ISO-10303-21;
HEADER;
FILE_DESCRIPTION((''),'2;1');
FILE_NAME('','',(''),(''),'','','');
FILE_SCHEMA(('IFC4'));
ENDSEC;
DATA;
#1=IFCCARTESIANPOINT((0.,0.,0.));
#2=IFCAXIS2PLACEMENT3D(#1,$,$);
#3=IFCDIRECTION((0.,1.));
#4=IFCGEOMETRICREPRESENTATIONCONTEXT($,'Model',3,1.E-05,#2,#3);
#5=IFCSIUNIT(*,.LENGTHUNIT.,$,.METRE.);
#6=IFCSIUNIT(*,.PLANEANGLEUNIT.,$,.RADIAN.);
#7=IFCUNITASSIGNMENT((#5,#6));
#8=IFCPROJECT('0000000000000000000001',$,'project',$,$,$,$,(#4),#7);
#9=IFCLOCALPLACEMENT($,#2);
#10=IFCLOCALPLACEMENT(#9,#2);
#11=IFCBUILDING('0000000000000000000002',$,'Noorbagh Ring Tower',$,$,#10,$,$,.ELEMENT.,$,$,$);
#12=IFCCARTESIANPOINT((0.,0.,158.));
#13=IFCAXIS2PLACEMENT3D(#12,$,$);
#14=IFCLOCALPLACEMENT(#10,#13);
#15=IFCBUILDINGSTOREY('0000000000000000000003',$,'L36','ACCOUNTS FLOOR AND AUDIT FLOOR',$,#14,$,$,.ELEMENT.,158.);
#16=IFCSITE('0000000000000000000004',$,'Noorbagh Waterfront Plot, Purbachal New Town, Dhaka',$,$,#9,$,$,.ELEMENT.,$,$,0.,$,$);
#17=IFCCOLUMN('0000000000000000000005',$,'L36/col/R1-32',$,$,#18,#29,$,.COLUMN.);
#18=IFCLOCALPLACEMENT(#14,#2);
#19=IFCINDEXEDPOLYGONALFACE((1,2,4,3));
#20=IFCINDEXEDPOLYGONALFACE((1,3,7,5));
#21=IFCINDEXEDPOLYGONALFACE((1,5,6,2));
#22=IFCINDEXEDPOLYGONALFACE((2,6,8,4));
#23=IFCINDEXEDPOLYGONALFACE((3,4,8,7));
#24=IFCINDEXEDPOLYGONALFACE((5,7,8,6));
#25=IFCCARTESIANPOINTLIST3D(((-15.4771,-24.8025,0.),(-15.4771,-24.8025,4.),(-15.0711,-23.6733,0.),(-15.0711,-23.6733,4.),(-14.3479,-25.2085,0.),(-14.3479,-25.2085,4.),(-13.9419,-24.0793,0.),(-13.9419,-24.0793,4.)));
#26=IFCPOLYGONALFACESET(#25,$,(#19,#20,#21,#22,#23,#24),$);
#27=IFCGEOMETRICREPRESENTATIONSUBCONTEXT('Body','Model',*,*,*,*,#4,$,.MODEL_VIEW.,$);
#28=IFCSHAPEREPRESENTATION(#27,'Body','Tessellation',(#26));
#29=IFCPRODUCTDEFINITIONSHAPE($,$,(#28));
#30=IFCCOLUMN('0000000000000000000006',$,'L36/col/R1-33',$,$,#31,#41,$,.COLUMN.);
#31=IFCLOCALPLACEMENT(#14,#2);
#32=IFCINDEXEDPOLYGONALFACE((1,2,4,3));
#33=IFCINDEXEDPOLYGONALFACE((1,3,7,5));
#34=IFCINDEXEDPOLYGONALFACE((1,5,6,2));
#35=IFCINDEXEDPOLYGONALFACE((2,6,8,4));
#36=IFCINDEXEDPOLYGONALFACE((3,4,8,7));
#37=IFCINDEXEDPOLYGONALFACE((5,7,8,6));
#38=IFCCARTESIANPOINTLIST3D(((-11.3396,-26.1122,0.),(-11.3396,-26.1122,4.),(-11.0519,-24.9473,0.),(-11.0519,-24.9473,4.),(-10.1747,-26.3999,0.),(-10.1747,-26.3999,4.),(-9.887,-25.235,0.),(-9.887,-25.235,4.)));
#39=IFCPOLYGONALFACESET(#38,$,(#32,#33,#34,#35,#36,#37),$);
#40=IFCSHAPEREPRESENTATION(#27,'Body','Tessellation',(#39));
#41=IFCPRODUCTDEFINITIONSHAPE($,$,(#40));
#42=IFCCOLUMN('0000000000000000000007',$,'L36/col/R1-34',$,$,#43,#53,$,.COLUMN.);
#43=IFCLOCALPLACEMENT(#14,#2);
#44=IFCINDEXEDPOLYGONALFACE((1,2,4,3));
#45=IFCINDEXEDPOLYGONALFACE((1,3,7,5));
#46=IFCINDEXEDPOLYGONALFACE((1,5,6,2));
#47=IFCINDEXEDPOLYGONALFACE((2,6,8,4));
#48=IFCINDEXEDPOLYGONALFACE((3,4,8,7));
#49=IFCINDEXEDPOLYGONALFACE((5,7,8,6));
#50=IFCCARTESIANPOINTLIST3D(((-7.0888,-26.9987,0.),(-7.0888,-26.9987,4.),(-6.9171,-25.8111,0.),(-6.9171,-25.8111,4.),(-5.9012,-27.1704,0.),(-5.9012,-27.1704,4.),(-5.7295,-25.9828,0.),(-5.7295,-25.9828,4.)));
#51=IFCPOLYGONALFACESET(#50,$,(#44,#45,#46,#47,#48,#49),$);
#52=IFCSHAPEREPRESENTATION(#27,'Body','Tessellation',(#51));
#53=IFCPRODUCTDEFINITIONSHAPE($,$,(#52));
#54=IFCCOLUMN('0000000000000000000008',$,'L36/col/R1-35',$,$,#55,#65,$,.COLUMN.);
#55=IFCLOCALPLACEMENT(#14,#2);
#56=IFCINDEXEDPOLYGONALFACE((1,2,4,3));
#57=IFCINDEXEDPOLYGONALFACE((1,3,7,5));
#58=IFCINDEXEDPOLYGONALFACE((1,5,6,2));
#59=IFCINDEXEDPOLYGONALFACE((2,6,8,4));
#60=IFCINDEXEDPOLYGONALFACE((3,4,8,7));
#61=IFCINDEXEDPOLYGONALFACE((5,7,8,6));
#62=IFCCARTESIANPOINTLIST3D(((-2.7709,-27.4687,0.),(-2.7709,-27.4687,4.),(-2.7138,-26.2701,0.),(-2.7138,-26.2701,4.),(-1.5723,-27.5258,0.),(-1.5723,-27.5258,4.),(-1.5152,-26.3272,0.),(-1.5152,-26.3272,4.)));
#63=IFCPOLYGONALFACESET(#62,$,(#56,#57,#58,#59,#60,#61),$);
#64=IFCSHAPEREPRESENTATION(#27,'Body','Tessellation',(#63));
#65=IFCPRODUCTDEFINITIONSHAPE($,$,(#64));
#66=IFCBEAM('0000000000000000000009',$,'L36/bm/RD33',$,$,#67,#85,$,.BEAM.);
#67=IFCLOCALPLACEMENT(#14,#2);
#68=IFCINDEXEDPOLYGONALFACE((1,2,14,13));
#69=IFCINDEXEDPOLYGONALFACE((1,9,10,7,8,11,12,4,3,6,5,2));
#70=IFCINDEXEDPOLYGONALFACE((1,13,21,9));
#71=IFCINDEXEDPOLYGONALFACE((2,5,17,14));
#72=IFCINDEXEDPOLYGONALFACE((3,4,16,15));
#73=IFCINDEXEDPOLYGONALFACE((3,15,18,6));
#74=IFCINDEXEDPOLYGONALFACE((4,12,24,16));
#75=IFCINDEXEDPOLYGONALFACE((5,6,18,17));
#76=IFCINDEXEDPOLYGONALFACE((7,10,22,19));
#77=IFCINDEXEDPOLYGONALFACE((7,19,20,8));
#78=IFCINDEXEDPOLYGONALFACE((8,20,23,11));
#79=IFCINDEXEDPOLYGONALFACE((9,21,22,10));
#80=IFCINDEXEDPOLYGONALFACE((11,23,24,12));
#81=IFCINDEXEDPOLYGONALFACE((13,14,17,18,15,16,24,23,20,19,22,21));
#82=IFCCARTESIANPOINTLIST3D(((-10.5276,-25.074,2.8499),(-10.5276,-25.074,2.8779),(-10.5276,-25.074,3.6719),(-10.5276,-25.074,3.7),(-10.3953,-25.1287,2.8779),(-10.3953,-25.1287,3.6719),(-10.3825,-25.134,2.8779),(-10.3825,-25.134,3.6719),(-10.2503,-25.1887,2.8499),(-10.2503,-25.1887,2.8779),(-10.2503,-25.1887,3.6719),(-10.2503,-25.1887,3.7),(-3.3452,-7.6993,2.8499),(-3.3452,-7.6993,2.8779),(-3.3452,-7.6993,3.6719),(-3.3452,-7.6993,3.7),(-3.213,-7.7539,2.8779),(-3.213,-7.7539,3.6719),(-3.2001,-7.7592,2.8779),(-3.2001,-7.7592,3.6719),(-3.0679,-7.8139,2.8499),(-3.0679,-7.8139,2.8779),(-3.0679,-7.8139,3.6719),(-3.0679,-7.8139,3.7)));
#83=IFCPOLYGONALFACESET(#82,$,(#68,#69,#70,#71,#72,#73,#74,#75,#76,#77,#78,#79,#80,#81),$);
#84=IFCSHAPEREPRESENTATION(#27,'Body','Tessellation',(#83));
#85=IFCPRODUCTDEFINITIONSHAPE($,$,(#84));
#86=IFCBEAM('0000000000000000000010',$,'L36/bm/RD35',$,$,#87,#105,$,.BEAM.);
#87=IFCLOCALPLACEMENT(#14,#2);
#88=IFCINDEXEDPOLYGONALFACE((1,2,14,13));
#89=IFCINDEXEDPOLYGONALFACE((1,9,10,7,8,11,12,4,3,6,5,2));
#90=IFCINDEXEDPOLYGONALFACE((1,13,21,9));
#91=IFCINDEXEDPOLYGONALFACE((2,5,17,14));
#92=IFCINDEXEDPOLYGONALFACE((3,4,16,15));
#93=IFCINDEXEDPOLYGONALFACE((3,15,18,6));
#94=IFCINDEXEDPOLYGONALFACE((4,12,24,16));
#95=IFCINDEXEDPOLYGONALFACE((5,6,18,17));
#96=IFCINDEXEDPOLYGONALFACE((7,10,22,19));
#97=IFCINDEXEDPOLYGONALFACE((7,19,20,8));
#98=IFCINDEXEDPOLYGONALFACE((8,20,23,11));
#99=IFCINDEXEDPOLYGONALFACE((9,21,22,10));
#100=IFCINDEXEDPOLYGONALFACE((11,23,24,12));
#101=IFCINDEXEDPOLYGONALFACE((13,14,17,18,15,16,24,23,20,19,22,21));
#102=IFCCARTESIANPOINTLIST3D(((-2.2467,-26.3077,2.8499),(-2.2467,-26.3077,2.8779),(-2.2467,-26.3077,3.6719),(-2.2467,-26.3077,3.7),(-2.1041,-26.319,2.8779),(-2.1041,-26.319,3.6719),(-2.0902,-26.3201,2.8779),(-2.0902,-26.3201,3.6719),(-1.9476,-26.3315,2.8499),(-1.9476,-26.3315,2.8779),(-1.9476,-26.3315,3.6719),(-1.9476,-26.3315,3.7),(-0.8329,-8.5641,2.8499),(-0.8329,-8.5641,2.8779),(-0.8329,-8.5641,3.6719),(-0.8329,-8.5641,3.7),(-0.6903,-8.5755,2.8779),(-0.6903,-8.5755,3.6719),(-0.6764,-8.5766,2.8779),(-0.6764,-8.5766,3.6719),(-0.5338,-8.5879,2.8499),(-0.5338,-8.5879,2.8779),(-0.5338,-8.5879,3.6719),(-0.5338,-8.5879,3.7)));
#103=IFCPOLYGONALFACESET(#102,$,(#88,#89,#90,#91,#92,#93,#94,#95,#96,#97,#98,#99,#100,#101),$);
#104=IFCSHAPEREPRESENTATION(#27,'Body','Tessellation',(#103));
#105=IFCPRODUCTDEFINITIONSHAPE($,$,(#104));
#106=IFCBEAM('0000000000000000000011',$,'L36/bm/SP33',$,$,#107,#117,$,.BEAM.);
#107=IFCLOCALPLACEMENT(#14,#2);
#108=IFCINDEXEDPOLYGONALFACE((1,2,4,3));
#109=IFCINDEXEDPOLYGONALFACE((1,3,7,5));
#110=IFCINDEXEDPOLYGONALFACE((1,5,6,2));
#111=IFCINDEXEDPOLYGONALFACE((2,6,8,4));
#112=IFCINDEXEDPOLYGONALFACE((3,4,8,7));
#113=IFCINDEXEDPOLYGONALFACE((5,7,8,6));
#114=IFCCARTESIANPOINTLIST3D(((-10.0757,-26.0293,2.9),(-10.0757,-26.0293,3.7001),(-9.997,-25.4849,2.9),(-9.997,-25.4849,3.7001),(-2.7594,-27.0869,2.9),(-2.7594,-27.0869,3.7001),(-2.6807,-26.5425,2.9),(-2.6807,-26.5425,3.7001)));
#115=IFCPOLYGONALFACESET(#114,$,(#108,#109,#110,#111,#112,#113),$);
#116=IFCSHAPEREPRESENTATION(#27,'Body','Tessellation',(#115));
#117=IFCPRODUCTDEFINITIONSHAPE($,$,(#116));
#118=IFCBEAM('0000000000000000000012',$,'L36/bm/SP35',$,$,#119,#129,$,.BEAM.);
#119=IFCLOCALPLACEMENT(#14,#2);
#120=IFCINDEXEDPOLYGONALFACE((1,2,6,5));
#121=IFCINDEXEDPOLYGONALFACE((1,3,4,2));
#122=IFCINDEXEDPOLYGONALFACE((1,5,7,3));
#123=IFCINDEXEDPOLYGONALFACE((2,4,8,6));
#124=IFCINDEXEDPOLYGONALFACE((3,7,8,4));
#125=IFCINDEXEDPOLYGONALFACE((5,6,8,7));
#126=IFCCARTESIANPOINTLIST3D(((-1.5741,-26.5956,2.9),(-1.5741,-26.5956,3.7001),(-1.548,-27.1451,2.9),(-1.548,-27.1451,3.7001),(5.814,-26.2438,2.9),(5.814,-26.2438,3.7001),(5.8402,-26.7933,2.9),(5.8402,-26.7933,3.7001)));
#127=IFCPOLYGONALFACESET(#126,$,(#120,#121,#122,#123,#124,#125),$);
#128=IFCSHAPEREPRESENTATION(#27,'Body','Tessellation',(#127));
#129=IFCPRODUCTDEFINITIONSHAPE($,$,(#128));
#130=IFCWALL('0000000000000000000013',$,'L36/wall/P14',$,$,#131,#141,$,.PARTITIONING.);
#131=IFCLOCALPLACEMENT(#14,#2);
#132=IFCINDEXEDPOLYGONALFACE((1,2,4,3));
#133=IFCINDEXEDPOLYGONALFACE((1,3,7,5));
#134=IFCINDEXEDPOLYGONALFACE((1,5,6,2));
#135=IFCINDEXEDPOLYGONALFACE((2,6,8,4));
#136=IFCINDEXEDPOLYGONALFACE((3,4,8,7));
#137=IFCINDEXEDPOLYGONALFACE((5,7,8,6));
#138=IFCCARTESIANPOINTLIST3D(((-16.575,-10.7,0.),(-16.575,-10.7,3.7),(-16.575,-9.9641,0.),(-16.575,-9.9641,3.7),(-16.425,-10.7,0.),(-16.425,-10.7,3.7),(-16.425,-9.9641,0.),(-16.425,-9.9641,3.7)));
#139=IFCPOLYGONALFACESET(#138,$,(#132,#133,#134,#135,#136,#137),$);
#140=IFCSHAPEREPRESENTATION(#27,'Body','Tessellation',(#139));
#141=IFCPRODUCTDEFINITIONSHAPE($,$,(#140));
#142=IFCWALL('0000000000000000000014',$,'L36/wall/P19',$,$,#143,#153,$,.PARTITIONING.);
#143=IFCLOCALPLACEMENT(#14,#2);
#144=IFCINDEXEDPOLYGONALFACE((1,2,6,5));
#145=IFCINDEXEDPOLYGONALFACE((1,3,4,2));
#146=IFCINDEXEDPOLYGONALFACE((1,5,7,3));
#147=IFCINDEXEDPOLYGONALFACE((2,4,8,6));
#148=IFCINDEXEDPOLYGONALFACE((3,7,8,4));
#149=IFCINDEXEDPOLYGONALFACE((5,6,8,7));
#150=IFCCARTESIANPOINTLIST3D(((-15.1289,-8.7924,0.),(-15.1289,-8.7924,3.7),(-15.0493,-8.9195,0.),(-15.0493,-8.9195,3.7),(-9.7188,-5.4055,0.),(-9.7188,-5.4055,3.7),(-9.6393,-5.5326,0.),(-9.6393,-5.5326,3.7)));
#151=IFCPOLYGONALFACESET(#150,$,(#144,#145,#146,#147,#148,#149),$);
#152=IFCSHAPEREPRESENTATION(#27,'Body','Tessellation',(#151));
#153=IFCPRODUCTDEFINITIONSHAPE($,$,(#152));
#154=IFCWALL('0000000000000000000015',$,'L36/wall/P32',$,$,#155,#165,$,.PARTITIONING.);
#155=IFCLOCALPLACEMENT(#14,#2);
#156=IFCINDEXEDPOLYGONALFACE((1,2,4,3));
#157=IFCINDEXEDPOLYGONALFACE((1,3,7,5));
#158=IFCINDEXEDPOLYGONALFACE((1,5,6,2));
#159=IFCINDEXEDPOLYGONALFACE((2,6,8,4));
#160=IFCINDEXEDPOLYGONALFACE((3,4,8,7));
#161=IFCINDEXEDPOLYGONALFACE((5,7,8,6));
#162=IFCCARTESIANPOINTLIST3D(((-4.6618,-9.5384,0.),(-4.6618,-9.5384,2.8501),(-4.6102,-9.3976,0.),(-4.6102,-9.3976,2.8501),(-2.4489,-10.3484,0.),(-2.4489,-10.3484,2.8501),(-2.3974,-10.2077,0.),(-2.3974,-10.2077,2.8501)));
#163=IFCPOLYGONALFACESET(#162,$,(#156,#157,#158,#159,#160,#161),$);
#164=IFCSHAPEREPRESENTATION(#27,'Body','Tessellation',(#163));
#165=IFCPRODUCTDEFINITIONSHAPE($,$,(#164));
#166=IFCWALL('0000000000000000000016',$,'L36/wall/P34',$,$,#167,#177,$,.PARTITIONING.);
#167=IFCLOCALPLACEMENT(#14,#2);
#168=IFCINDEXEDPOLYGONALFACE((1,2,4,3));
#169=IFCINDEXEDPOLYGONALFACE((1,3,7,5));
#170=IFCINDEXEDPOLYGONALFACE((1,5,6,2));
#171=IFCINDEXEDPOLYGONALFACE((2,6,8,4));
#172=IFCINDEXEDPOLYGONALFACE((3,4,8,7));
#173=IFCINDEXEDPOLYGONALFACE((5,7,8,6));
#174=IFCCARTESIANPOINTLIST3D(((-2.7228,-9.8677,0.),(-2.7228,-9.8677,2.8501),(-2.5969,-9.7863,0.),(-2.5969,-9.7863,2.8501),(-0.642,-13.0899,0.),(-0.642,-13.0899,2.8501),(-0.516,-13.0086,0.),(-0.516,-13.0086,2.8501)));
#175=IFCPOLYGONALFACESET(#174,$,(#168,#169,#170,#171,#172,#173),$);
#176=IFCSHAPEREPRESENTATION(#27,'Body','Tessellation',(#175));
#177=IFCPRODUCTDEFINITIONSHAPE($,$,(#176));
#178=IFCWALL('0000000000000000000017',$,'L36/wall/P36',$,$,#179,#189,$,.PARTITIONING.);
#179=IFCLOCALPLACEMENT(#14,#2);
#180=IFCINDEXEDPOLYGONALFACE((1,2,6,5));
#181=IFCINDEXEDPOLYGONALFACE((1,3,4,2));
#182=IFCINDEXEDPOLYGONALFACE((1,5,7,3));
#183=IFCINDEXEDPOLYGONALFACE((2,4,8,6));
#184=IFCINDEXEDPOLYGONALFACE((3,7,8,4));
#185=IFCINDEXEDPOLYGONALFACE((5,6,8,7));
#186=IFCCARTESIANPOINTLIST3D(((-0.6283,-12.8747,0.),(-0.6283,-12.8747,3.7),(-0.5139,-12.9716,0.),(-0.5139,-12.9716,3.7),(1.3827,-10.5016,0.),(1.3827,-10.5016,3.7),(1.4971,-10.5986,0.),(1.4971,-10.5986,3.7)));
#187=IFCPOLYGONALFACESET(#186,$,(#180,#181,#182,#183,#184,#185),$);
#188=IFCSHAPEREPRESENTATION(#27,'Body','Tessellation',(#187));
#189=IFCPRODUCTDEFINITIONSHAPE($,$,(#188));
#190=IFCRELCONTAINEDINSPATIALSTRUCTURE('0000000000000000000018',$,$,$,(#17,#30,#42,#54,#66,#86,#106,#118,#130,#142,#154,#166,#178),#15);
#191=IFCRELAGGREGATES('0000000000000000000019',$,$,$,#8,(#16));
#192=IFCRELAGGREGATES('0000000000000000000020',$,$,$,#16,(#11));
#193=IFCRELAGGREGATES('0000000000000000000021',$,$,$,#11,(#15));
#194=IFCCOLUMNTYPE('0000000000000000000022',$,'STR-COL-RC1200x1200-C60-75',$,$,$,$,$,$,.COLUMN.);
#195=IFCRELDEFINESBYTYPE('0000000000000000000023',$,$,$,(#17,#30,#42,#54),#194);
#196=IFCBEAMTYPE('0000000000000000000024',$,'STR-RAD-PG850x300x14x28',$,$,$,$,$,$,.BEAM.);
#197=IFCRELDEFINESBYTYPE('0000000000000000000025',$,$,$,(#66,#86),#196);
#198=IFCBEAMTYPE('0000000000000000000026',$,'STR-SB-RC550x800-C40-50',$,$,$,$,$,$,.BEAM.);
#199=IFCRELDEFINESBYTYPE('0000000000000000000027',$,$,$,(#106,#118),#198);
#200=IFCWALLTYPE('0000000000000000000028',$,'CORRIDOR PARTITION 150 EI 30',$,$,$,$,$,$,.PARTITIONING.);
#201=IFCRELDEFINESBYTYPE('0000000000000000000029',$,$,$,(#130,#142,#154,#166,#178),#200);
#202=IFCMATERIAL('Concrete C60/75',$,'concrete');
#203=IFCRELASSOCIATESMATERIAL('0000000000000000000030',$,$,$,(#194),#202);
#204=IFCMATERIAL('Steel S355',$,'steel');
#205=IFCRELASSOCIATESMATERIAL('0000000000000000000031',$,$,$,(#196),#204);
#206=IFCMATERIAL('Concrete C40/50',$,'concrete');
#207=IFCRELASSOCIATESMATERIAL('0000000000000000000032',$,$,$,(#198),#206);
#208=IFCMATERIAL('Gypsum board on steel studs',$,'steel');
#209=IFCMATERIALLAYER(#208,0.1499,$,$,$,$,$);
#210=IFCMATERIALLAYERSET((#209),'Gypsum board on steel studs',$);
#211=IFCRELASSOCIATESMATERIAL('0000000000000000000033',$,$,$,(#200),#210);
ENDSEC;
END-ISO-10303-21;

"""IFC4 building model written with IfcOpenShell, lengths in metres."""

from ifc_helpers import new_model, si_unit, direction, frame, frame_2d, origin, origin_2d, place, context, subcontext, project, spatial, rectangle, i_section, extrude, material, layer, layer_set, material_profile, profile_set, type_object, element, save


model = new_model("IFC4")

# Units and contexts
model_context = context("Model", 3, precision=1e-05, world=origin(), true_north=direction((0.0, 1.0)))
body_context = subcontext(model_context, "Body", "Model", "MODEL_VIEW")
ifc_project = project(units=[si_unit("LENGTHUNIT", "METRE"), si_unit("PLANEANGLEUNIT", "RADIAN")], contexts=[model_context])

# Site, building, storey
site_placement = place(None, origin())
site = spatial("IfcSite", under=ifc_project, at=site_placement, Name="Noorbagh Waterfront Plot, Purbachal New Town, Dhaka", CompositionType="ELEMENT", RefElevation=0.0)
building_placement = place(site_placement, origin())
building = spatial("IfcBuilding", under=site, at=building_placement, Name="Noorbagh Ring Tower", CompositionType="ELEMENT")
storey_placement = place(building_placement, frame((0.0, 0.0, 158.0)))
storey = spatial("IfcBuildingStorey", under=building, at=storey_placement, Name="L36", Description="ACCOUNTS FLOOR AND AUDIT FLOOR", CompositionType="ELEMENT", Elevation=158.0)

# Columns
ifc_material_1 = material(Name="Concrete C60/75", Category="concrete")
ifc_material_profile_1 = material_profile(ifc_material_1, rectangle(XDim=1.2, YDim=1.2, at=origin_2d()), Name="RC1200x1200")
ifc_profile_set_1 = profile_set([ifc_material_profile_1], Name="Concrete C60/75")
column_type = type_object("IfcColumnType", Name="STR-COL-RC1200x1200-C60-75", PredefinedType="COLUMN", material=ifc_profile_set_1)
for number, where, z_axis, x_axis, name in (
    (1, (-14.7095, -24.4409, 0.0), (0.0, 0.0, 1.0), (0.941025, -0.338338, 0.0), "L36/col/R1-32"),
    (2, (-10.6133, -25.6736, 0.0), (0.0, 0.0, 1.0), (0.970829, -0.239771, 0.0), "L36/col/R1-33"),
    (3, (-6.4092, -26.4907, 0.0), (0.0, 0.0, 1.0), (0.989713, -0.143066, 0.0), "L36/col/R1-34"),
    (4, (-2.1431, -26.8979, 0.0), (0.0, 0.0, 1.0), (0.998869, -0.047553, 0.0), "L36/col/R1-35"),
):
    element("IfcColumn", number, at=place(storey_placement, frame(where, z_axis=z_axis, x_axis=x_axis)), inside=storey, type_object=column_type, Name=name, PredefinedType="COLUMN", context=body_context, shape_type="SweptSolid", body=[
        extrude(rectangle(XDim=1.2, YDim=1.2, at=origin_2d()), origin(), (0.0, 0.0, 1.0), 4.0),
    ])

# Beams
ifc_material_2 = material(Name="Steel S355", Category="steel")
ifc_material_profile_2 = material_profile(ifc_material_2, i_section(OverallWidth=0.3, OverallDepth=0.8501, WebThickness=0.0139, FlangeThickness=0.0281, at=origin_2d()), Name="PG850x300x14x28")
ifc_profile_set_2 = profile_set([ifc_material_profile_2], Name="Steel S355")
beam_type_1 = type_object("IfcBeamType", Name="STR-RAD-PG850x300x14x28", PredefinedType="BEAM", material=ifc_profile_set_2)
beam_1_placement = place(storey_placement, frame((-10.3889, -25.1313, 3.2749), z_axis=(0.382026, 0.924152, 0.0), x_axis=(-0.924152, 0.382026, 0.0)))
element("IfcBeam", 5, at=beam_1_placement, inside=storey, type_object=beam_type_1, Name="L36/bm/RD33", PredefinedType="BEAM", context=body_context, shape_type="SweptSolid", body=[
    extrude(i_section(OverallWidth=0.3, OverallDepth=0.8501, WebThickness=0.0139, FlangeThickness=0.0281, at=origin_2d()), origin(), (0.0, 0.0, 1.0), 18.8008),
])
beam_2_placement = place(storey_placement, frame((-2.0972, -26.3196, 3.2749), z_axis=(0.079428, 0.996841, 0.0), x_axis=(-0.996841, 0.079428, 0.0)))
element("IfcBeam", 6, at=beam_2_placement, inside=storey, type_object=beam_type_1, Name="L36/bm/RD35", PredefinedType="BEAM", context=body_context, shape_type="SweptSolid", body=[
    extrude(i_section(OverallWidth=0.3, OverallDepth=0.8501, WebThickness=0.0139, FlangeThickness=0.0281, at=origin_2d()), origin(), (0.0, 0.0, 1.0), 17.7998),
])
ifc_material_3 = material(Name="Concrete C40/50", Category="concrete")
ifc_material_profile_3 = material_profile(ifc_material_3, rectangle(XDim=0.55, YDim=0.8, at=origin_2d()), Name="RC550x800")
ifc_profile_set_3 = profile_set([ifc_material_profile_3], Name="Concrete C40/50")
beam_type_2 = type_object("IfcBeamType", Name="STR-SB-RC550x800-C40-50", PredefinedType="BEAM", material=ifc_profile_set_3)
beam_3_placement = place(storey_placement, frame((-10.0364, -25.7571, 3.3), z_axis=(0.989713, -0.143067, 0.0), x_axis=(0.143067, 0.989713, 0.0)))
element("IfcBeam", 7, at=beam_3_placement, inside=storey, type_object=beam_type_2, Name="L36/bm/SP33", PredefinedType="BEAM", context=body_context, shape_type="SweptSolid", body=[
    extrude(rectangle(XDim=0.55, YDim=0.8, at=origin_2d()), origin(), (0.0, 0.0, 1.0), 7.3923),
])
beam_4_placement = place(storey_placement, frame((-1.561, -26.8704, 3.3), z_axis=(0.998868, 0.047564, 0.0), x_axis=(-0.047564, 0.998868, 0.0)))
element("IfcBeam", 8, at=beam_4_placement, inside=storey, type_object=beam_type_2, Name="L36/bm/SP35", PredefinedType="BEAM", context=body_context, shape_type="SweptSolid", body=[
    extrude(rectangle(XDim=0.55, YDim=0.8, at=origin_2d()), origin(), (0.0, 0.0, 1.0), 7.3965),
])

# Walls
ifc_material_4 = material(Name="Gypsum board on steel studs", Category="steel")
ifc_layer_1 = layer(ifc_material_4, 0.1499)
ifc_layer_set_1 = layer_set([ifc_layer_1], Name="Gypsum board on steel studs")
wall_type_1 = type_object("IfcWallType", Name="CORRIDOR PARTITION 150 EI 30", PredefinedType="PARTITIONING", material=ifc_layer_set_1)
wall_1_placement = place(storey_placement, frame((-16.5, -10.7, 0.0), z_axis=(0.0, 0.0, 1.0), x_axis=(0.0, 1.0, 0.0)))
element("IfcWall", 9, at=wall_1_placement, inside=storey, type_object=wall_type_1, Name="L36/wall/P14", PredefinedType="PARTITIONING", context=body_context, shape_type="SweptSolid", body=[
    extrude(rectangle(XDim=0.7358, YDim=0.1499, at=frame_2d((0.3679, 0.0))), origin(), (0.0, 0.0, 1.0), 3.7),
])
wall_2_placement = place(storey_placement, frame((-15.0891, -8.856, 0.0), z_axis=(0.0, 0.0, 1.0), x_axis=(0.847603, 0.530631, 0.0)))
element("IfcWall", 10, at=wall_2_placement, inside=storey, type_object=wall_type_1, Name="L36/wall/P19", PredefinedType="PARTITIONING", context=body_context, shape_type="SweptSolid", body=[
    extrude(rectangle(XDim=6.3828, YDim=0.1499, at=frame_2d((3.1914, 0.0))), origin(), (0.0, 0.0, 1.0), 3.7),
])
wall_3_placement = place(storey_placement, frame((-4.636, -9.468, 0.0), z_axis=(0.0, 0.0, 1.0), x_axis=(0.939059, -0.343755, 0.0)))
element("IfcWall", 11, at=wall_3_placement, inside=storey, type_object=wall_type_1, Name="L36/wall/P32", PredefinedType="PARTITIONING", context=body_context, shape_type="SweptSolid", body=[
    extrude(rectangle(XDim=2.3564, YDim=0.1499, at=frame_2d((1.1782, 0.0))), origin(), (0.0, 0.0, 1.0), 2.8501),
])
wall_4_placement = place(storey_placement, frame((-2.6599, -9.8269, 0.0), z_axis=(0.0, 0.0, 1.0), x_axis=(0.542494, -0.84006, 0.0)))
element("IfcWall", 12, at=wall_4_placement, inside=storey, type_object=wall_type_1, Name="L36/wall/P34", PredefinedType="PARTITIONING", context=body_context, shape_type="SweptSolid", body=[
    extrude(rectangle(XDim=3.8357, YDim=0.1499, at=frame_2d((1.918, 0.0))), origin(), (0.0, 0.0, 1.0), 2.8501),
])
wall_5_placement = place(storey_placement, frame((-0.571, -12.9231, 0.0), z_axis=(0.0, 0.0, 1.0), x_axis=(0.646509, 0.762907, 0.0)))
element("IfcWall", 13, at=wall_5_placement, inside=storey, type_object=wall_type_1, Name="L36/wall/P36", PredefinedType="PARTITIONING", context=body_context, shape_type="SweptSolid", body=[
    extrude(rectangle(XDim=3.1106, YDim=0.1499, at=frame_2d((1.5552, 0.0))), origin(), (0.0, 0.0, 1.0), 3.7),
])

save(model, "model.ifc")
